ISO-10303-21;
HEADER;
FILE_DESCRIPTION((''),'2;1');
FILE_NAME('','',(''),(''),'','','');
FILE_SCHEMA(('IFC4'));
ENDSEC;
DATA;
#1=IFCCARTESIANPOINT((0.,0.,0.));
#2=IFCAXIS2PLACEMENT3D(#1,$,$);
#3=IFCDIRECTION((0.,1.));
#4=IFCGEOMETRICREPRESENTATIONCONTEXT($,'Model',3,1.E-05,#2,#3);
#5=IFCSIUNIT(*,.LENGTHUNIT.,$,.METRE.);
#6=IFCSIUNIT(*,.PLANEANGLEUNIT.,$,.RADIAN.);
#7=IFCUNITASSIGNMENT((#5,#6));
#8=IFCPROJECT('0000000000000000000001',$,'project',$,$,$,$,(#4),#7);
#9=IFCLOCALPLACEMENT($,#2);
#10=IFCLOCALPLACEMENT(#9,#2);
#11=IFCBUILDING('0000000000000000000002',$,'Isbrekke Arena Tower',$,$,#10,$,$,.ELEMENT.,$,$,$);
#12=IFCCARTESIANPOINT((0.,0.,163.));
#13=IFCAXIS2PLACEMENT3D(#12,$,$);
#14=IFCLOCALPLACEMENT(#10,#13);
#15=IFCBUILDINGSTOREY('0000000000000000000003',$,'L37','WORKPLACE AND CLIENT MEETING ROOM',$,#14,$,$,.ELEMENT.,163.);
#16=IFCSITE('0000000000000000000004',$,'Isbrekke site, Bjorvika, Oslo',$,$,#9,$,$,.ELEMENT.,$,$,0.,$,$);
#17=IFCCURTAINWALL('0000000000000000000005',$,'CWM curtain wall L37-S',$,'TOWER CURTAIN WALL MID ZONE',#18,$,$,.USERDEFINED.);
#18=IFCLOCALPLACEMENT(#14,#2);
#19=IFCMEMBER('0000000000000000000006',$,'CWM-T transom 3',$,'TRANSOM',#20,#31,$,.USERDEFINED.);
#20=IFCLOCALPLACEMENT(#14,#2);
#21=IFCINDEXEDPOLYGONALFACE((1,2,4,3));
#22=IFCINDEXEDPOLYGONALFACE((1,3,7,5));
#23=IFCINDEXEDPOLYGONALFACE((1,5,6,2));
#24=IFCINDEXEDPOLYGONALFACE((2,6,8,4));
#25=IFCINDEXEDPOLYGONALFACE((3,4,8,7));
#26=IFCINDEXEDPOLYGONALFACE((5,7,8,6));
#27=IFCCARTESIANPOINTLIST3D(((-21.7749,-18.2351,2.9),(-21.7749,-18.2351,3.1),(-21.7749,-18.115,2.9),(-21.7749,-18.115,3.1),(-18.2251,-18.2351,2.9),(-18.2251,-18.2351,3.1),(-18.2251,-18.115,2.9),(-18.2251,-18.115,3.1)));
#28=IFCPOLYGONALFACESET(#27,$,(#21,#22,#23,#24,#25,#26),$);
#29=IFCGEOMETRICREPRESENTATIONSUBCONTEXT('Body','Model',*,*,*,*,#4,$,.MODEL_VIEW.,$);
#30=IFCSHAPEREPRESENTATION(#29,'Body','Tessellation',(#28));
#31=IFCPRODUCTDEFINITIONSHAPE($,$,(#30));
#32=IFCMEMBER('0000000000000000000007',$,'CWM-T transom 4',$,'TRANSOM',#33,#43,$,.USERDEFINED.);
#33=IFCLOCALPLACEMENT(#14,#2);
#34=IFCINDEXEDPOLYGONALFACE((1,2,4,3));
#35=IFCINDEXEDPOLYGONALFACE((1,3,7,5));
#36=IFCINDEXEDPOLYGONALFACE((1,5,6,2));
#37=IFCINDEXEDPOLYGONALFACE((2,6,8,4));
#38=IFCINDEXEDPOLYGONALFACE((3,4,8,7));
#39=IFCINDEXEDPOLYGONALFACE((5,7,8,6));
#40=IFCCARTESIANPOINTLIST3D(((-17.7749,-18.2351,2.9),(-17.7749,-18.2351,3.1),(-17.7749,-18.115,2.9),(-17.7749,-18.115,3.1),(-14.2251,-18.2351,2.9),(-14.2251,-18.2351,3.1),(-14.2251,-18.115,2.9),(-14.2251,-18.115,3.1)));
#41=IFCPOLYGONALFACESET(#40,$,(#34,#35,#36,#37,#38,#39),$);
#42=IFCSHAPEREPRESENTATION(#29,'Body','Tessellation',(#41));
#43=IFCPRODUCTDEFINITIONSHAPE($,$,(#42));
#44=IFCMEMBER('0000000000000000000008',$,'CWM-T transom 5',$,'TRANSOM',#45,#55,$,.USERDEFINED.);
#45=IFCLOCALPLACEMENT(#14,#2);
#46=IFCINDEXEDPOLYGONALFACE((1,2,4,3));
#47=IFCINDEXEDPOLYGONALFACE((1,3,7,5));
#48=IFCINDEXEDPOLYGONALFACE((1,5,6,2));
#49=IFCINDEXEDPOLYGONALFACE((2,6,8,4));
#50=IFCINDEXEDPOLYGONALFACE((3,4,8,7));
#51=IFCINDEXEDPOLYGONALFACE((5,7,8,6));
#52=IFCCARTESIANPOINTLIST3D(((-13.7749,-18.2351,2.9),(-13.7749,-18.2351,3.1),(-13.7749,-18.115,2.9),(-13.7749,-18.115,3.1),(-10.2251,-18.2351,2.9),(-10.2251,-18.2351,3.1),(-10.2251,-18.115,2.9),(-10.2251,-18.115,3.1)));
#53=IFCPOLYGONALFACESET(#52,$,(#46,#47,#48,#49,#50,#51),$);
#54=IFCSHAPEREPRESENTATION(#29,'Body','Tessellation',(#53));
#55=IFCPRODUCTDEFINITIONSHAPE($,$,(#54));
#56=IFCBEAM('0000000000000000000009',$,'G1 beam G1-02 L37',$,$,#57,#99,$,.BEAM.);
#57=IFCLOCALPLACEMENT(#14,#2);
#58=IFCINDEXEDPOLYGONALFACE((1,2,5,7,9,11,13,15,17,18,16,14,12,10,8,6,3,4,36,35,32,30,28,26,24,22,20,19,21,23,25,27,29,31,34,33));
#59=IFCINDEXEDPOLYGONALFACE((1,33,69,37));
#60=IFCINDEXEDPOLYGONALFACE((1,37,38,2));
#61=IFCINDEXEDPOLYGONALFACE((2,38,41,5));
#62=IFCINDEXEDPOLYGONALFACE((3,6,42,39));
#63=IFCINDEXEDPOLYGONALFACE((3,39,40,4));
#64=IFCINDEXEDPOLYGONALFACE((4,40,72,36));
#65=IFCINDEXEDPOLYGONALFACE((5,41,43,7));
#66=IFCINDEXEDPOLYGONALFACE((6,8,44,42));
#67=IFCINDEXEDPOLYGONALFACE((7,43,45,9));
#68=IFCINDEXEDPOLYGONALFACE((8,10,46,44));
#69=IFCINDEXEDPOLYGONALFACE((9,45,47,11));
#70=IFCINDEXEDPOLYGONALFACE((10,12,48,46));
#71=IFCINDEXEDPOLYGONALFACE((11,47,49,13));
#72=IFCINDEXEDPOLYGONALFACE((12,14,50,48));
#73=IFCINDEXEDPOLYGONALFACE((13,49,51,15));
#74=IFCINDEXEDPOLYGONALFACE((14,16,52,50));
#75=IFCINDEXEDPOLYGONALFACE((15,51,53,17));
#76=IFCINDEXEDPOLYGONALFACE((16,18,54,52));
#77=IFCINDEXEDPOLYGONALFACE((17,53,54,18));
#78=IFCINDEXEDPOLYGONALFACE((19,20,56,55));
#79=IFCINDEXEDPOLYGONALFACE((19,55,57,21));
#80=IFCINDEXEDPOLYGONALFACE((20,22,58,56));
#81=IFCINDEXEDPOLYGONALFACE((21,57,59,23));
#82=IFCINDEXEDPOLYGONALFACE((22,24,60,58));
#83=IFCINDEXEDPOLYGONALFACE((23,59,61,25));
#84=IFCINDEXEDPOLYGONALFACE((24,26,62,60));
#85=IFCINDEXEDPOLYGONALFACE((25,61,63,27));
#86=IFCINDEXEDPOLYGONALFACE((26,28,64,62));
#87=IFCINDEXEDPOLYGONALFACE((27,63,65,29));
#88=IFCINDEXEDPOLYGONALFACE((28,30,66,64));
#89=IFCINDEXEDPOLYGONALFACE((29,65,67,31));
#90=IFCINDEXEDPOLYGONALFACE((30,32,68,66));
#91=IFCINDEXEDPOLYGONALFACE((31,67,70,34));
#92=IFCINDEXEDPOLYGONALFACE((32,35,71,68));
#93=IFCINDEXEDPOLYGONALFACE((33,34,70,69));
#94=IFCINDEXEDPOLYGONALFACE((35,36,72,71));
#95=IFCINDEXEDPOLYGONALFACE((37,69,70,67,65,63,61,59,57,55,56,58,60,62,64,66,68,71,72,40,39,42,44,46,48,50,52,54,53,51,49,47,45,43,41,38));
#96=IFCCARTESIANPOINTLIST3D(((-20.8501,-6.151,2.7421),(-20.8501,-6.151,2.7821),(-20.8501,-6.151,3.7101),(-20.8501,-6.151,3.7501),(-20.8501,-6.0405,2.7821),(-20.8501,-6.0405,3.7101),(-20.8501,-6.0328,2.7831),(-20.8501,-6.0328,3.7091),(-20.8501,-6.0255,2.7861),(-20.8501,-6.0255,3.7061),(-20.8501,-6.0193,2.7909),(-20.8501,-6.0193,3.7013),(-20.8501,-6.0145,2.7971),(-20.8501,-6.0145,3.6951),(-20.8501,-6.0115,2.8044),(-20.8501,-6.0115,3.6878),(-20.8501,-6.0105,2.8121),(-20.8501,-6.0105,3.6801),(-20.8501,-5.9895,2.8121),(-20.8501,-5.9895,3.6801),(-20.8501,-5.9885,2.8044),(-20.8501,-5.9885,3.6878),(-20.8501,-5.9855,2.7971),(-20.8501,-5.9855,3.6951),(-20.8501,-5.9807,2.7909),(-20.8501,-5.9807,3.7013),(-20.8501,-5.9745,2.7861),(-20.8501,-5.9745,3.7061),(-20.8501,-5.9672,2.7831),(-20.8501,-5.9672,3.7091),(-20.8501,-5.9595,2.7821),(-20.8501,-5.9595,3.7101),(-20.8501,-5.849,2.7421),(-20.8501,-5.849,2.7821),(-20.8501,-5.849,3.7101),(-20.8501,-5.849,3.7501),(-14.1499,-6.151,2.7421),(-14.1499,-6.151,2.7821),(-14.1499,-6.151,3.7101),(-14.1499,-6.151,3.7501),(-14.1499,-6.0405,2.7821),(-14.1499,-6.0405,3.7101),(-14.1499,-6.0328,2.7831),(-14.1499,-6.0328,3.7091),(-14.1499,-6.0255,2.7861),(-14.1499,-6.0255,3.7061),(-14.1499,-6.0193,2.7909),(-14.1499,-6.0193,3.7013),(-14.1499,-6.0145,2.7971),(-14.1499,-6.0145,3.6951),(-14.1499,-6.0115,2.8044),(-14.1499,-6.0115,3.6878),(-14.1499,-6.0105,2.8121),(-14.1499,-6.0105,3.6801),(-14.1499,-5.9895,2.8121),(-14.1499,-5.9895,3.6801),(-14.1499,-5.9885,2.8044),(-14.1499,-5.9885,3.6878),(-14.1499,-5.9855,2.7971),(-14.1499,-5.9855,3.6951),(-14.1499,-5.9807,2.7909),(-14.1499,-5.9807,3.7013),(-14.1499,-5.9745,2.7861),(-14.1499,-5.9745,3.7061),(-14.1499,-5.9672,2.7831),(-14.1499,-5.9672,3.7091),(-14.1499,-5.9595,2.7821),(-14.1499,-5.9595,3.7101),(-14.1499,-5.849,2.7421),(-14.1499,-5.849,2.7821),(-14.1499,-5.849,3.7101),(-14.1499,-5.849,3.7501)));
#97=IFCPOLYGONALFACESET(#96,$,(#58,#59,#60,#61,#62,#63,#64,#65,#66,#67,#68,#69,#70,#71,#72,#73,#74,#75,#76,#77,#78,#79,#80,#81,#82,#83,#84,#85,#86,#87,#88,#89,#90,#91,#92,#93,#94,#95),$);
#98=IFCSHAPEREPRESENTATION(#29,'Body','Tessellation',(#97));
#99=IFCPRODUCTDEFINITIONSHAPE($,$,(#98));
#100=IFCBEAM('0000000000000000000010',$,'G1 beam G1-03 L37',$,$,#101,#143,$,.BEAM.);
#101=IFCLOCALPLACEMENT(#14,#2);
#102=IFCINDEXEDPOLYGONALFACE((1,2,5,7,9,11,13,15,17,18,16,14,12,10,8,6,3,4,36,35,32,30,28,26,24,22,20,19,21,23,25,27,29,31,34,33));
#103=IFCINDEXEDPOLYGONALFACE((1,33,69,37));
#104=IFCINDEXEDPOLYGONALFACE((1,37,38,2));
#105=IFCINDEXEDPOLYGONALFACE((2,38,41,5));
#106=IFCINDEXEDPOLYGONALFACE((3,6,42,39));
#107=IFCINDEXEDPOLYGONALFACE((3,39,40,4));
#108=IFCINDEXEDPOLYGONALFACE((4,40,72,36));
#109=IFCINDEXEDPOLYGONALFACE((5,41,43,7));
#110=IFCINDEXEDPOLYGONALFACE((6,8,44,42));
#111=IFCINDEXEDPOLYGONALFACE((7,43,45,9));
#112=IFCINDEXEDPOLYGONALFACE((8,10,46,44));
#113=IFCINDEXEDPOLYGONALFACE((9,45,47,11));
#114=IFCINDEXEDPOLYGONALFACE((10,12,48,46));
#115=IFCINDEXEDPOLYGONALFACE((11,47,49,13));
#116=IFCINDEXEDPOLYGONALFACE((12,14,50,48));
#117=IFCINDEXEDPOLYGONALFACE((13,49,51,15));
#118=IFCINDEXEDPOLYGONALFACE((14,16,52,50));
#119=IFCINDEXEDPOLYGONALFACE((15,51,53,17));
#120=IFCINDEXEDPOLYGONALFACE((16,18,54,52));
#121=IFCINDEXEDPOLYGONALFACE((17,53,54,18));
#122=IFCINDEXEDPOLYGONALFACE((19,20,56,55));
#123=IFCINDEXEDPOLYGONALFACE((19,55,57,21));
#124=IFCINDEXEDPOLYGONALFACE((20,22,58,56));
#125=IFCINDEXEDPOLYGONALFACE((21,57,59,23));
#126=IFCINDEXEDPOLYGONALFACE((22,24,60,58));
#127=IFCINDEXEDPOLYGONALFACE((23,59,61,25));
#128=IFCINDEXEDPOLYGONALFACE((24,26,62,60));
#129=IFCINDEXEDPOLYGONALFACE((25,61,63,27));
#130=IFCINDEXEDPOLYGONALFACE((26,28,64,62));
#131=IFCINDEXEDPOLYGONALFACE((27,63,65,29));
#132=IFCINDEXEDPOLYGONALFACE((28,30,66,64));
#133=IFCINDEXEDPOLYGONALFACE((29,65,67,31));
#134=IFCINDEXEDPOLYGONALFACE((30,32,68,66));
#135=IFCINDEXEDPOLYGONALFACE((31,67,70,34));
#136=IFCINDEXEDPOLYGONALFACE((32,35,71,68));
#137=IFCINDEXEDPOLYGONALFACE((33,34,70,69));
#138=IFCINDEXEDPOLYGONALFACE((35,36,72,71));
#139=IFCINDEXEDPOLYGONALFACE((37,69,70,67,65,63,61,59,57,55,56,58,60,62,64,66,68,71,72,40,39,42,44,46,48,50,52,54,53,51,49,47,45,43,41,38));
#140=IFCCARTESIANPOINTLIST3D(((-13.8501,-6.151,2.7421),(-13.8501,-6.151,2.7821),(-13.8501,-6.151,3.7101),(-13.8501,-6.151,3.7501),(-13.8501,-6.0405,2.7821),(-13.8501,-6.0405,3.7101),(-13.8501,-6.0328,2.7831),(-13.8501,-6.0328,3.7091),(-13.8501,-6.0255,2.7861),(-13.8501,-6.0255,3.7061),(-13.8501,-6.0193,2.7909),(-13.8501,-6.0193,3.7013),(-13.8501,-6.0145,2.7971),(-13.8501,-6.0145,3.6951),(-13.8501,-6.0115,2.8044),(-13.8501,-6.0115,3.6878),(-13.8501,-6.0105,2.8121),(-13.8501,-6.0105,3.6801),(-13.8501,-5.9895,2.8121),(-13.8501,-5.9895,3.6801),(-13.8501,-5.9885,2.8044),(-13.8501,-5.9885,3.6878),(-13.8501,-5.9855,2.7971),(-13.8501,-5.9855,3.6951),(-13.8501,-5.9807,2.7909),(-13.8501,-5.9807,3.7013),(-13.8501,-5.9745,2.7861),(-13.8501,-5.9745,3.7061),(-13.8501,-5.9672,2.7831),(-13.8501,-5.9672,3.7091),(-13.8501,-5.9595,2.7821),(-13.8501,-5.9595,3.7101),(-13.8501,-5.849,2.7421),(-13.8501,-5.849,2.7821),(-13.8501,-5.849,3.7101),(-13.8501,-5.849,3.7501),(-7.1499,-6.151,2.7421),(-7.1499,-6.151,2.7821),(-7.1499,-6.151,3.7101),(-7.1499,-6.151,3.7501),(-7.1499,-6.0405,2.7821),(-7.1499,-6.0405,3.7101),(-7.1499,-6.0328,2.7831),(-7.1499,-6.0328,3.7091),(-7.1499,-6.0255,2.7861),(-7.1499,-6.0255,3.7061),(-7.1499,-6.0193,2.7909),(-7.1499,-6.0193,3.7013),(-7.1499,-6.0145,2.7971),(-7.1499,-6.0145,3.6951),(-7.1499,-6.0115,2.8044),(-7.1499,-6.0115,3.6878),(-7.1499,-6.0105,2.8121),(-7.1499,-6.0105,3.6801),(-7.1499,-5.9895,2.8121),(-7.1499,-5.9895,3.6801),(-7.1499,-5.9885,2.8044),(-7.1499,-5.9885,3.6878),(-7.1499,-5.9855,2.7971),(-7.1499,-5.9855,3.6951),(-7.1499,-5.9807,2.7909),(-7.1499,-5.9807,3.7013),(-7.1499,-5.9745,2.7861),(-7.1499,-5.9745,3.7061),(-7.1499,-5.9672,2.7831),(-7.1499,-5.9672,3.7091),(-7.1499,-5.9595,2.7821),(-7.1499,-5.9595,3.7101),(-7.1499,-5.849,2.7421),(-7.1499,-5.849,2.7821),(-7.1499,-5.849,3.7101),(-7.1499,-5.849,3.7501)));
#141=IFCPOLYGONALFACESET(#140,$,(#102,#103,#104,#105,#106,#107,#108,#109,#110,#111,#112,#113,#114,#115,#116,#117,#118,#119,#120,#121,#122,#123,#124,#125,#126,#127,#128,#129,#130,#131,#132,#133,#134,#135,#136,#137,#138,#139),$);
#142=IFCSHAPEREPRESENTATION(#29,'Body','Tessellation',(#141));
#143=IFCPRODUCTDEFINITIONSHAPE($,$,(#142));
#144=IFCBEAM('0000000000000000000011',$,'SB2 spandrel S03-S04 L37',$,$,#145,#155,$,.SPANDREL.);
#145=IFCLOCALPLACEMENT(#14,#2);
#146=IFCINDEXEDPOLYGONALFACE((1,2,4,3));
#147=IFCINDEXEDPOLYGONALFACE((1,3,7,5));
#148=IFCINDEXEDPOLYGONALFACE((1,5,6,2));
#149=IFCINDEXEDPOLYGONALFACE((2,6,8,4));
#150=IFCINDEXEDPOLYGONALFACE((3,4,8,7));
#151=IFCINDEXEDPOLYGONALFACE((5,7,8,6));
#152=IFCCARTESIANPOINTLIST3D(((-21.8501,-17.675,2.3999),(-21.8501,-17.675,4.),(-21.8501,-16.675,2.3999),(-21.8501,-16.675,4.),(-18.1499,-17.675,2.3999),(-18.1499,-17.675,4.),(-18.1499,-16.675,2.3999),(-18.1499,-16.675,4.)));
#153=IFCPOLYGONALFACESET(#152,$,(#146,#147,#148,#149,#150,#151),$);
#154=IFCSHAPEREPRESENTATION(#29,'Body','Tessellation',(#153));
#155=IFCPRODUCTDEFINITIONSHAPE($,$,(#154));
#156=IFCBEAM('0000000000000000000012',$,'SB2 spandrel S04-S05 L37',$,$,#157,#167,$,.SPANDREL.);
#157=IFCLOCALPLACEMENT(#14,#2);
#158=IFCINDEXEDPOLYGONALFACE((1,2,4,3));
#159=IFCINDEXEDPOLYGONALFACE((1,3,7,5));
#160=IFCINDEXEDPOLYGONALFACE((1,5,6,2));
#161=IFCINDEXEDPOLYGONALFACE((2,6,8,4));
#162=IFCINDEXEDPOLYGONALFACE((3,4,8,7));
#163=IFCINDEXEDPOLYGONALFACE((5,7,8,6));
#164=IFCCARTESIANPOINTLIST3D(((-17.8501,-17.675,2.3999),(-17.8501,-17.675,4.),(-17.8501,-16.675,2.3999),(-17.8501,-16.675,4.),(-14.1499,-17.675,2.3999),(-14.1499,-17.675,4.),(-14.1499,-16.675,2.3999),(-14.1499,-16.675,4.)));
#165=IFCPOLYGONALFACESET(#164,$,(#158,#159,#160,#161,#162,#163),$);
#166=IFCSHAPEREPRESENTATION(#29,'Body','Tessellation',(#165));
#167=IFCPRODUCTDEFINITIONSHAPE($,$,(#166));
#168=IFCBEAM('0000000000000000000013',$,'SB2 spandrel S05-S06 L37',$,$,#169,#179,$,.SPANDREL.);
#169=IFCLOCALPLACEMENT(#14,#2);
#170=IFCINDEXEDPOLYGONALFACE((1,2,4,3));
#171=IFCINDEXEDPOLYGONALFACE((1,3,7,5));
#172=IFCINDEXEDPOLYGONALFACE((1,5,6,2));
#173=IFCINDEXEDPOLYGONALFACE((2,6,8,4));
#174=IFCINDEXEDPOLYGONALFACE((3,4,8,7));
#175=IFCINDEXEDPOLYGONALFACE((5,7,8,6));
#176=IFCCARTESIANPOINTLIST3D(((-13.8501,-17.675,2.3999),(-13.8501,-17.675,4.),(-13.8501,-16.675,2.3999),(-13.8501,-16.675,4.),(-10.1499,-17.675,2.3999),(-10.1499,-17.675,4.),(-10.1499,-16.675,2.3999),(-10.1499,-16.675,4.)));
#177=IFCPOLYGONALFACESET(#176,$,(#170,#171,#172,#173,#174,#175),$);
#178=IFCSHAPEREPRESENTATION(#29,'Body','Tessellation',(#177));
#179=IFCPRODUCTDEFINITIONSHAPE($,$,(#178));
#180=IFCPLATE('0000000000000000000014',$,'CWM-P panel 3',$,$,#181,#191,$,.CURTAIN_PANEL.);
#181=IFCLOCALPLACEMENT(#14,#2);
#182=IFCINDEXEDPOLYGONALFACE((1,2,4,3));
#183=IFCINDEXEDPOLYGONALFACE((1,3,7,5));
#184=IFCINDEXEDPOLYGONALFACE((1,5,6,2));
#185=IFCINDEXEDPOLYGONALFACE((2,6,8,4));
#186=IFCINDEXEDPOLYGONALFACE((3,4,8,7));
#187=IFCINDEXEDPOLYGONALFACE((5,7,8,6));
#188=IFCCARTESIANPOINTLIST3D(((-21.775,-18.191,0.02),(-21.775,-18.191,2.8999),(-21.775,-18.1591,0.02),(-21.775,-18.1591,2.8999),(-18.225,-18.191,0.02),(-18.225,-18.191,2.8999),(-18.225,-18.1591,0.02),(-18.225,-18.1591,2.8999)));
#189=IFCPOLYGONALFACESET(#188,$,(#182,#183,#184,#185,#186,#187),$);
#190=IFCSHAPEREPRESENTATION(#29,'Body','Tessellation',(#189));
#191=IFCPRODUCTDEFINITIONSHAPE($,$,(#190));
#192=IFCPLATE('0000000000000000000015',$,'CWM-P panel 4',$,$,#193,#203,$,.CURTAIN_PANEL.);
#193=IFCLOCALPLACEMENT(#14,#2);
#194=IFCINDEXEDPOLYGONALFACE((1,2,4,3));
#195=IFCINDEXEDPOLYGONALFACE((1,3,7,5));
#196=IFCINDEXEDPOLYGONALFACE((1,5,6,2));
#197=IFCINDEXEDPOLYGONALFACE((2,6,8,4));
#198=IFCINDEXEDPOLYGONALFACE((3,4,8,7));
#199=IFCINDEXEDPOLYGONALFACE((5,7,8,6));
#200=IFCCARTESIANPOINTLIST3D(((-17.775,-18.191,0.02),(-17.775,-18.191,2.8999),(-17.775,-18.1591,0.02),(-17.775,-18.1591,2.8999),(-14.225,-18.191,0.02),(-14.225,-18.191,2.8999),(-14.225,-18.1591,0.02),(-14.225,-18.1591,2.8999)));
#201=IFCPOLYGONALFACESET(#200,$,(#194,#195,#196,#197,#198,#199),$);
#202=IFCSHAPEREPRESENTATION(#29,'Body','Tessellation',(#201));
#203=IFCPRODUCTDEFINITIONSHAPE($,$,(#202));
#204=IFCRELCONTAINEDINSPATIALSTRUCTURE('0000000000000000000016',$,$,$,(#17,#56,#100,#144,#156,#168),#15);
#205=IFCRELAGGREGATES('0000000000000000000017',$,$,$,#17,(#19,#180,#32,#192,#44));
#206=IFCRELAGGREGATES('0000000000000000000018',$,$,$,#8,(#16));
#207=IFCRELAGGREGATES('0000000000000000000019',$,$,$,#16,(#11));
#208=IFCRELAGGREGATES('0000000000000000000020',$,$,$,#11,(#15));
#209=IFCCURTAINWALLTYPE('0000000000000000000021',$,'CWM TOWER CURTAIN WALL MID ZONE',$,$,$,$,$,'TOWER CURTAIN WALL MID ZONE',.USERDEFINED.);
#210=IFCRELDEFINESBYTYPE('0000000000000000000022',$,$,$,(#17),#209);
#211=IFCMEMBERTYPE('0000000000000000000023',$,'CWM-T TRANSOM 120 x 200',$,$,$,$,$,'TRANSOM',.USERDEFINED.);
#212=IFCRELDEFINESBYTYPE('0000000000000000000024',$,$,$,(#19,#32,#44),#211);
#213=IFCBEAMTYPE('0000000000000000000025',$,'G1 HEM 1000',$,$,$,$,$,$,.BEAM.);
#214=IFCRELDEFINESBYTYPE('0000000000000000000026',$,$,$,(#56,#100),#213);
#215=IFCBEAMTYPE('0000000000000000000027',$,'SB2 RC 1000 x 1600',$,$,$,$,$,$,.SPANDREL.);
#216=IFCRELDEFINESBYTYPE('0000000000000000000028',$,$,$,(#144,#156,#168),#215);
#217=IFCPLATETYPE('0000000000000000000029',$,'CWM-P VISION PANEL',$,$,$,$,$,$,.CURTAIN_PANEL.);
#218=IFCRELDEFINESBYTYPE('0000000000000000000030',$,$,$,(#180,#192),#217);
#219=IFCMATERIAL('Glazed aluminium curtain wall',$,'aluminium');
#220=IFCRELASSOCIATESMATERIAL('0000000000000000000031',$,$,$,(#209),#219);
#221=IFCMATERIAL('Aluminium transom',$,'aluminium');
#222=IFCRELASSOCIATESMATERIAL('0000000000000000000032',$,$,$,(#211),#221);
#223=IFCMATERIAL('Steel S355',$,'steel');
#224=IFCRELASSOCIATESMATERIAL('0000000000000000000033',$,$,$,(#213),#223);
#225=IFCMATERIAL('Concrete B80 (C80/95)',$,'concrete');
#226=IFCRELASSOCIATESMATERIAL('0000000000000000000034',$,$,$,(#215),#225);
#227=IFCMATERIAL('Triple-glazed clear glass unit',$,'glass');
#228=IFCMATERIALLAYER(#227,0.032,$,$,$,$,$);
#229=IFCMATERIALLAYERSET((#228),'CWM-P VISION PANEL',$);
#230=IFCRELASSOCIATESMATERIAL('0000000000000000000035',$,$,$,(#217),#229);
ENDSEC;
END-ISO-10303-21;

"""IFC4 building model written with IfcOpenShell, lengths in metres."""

from ifc_helpers import new_model, si_unit, direction, frame, origin, origin_2d, place, context, subcontext, project, spatial, rectangle, i_section, extrude, material, layer, layer_set, material_profile, profile_set, type_object, element, aggregate, save


model = new_model("IFC4")

# Units and contexts
model_context = context("Model", 3, precision=1e-05, world=origin(), true_north=direction((0.0, 1.0)))
body_context = subcontext(model_context, "Body", "Model", "MODEL_VIEW")
ifc_project = project(units=[si_unit("LENGTHUNIT", "METRE"), si_unit("PLANEANGLEUNIT", "RADIAN")], contexts=[model_context])

# Site, building, storey
site_placement = place(None, origin())
site = spatial("IfcSite", under=ifc_project, at=site_placement, Name="Isbrekke site, Bjorvika, Oslo", CompositionType="ELEMENT", RefElevation=0.0)
building_placement = place(site_placement, origin())
building = spatial("IfcBuilding", under=site, at=building_placement, Name="Isbrekke Arena Tower", CompositionType="ELEMENT")
storey_placement = place(building_placement, frame((0.0, 0.0, 163.0)))
storey = spatial("IfcBuildingStorey", under=building, at=storey_placement, Name="L37", Description="WORKPLACE AND CLIENT MEETING ROOM", CompositionType="ELEMENT", Elevation=163.0)

# Curtain wall, members
ifc_material_1 = material(Name="Glazed aluminium curtain wall", Category="aluminium")
curtain_wall_type = type_object("IfcCurtainWallType", Name="CWM TOWER CURTAIN WALL MID ZONE", ElementType="TOWER CURTAIN WALL MID ZONE", PredefinedType="USERDEFINED", material=ifc_material_1)
curtain_wall_placement = place(storey_placement, origin())
curtain_wall = element("IfcCurtainWall", 1, at=curtain_wall_placement, inside=storey, type_object=curtain_wall_type, Name="CWM curtain wall L37-S", ObjectType="TOWER CURTAIN WALL MID ZONE", PredefinedType="USERDEFINED")
ifc_material_2 = material(Name="Aluminium transom", Category="aluminium")
ifc_material_profile_1 = material_profile(ifc_material_2, rectangle(XDim=0.1201, YDim=0.2, at=origin_2d()), Name="TRANSOM 120X200")
ifc_profile_set_1 = profile_set([ifc_material_profile_1], Name="Aluminium transom")
member_type_1 = type_object("IfcMemberType", Name="CWM-T TRANSOM 120 x 200", ElementType="TRANSOM", PredefinedType="USERDEFINED", material=ifc_profile_set_1)
member_1_placement = place(storey_placement, frame((-21.7749, -18.175, 3.0), z_axis=(1.0, 0.0, 0.0), x_axis=(0.0, 1.0, 0.0)))
member_1 = element("IfcMember", 2, at=member_1_placement, type_object=member_type_1, Name="CWM-T transom 3", ObjectType="TRANSOM", PredefinedType="USERDEFINED", context=body_context, shape_type="SweptSolid", body=[
    extrude(rectangle(XDim=0.1201, YDim=0.2, at=origin_2d()), origin(), (0.0, 0.0, 1.0), 3.5498),
])
member_2_placement = place(storey_placement, frame((-17.7749, -18.175, 3.0), z_axis=(1.0, 0.0, 0.0), x_axis=(0.0, 1.0, 0.0)))
member_2 = element("IfcMember", 3, at=member_2_placement, type_object=member_type_1, Name="CWM-T transom 4", ObjectType="TRANSOM", PredefinedType="USERDEFINED", context=body_context, shape_type="SweptSolid", body=[
    extrude(rectangle(XDim=0.1201, YDim=0.2, at=origin_2d()), origin(), (0.0, 0.0, 1.0), 3.5498),
])
member_3_placement = place(storey_placement, frame((-13.7749, -18.175, 3.0), z_axis=(1.0, 0.0, 0.0), x_axis=(0.0, 1.0, 0.0)))
member_3 = element("IfcMember", 4, at=member_3_placement, type_object=member_type_1, Name="CWM-T transom 5", ObjectType="TRANSOM", PredefinedType="USERDEFINED", context=body_context, shape_type="SweptSolid", body=[
    extrude(rectangle(XDim=0.1201, YDim=0.2, at=origin_2d()), origin(), (0.0, 0.0, 1.0), 3.5498),
])

# Beams
ifc_material_3 = material(Name="Steel S355", Category="steel")
ifc_material_profile_2 = material_profile(ifc_material_3, i_section(OverallWidth=0.302, OverallDepth=1.0081, WebThickness=0.021, FlangeThickness=0.04, FilletRadius=0.03, at=origin_2d()), Name="HEM 1000")
ifc_profile_set_2 = profile_set([ifc_material_profile_2], Name="Steel S355")
beam_type_1 = type_object("IfcBeamType", Name="G1 HEM 1000", PredefinedType="BEAM", material=ifc_profile_set_2)
for number, where, z_axis, x_axis, name in (
    (5, (-20.8501, -6.0, 3.2461), (1.0, 0.0, 0.0), (0.0, 1.0, 0.0), "G1 beam G1-02 L37"),
    (6, (-13.8501, -6.0, 3.2461), (1.0, 0.0, 0.0), (0.0, 1.0, 0.0), "G1 beam G1-03 L37"),
):
    element("IfcBeam", number, at=place(storey_placement, frame(where, z_axis=z_axis, x_axis=x_axis)), inside=storey, type_object=beam_type_1, Name=name, PredefinedType="BEAM", context=body_context, shape_type="SweptSolid", body=[
        extrude(i_section(OverallWidth=0.302, OverallDepth=1.0081, WebThickness=0.021, FlangeThickness=0.04, FilletRadius=0.03, at=origin_2d()), origin(), (0.0, 0.0, 1.0), 6.7002),
    ])
ifc_material_4 = material(Name="Concrete B80 (C80/95)", Category="concrete")
ifc_material_profile_3 = material_profile(ifc_material_4, rectangle(XDim=1.0, YDim=1.6001, at=origin_2d()), Name="RC 1000x1600")
ifc_profile_set_3 = profile_set([ifc_material_profile_3], Name="Concrete B80 (C80/95)")
beam_type_2 = type_object("IfcBeamType", Name="SB2 RC 1000 x 1600", PredefinedType="SPANDREL", material=ifc_profile_set_3)
for number, where, z_axis, x_axis, name in (
    (7, (-21.8501, -17.175, 3.2), (1.0, 0.0, 0.0), (0.0, 1.0, 0.0), "SB2 spandrel S03-S04 L37"),
    (8, (-17.8501, -17.175, 3.2), (1.0, 0.0, 0.0), (0.0, 1.0, 0.0), "SB2 spandrel S04-S05 L37"),
    (9, (-13.8501, -17.175, 3.2), (1.0, 0.0, 0.0), (0.0, 1.0, 0.0), "SB2 spandrel S05-S06 L37"),
):
    element("IfcBeam", number, at=place(storey_placement, frame(where, z_axis=z_axis, x_axis=x_axis)), inside=storey, type_object=beam_type_2, Name=name, PredefinedType="SPANDREL", context=body_context, shape_type="SweptSolid", body=[
        extrude(rectangle(XDim=1.0, YDim=1.6001, at=origin_2d()), origin(), (0.0, 0.0, 1.0), 3.7002),
    ])

# Plates
ifc_material_5 = material(Name="Triple-glazed clear glass unit", Category="glass")
ifc_layer_1 = layer(ifc_material_5, 0.032)
ifc_layer_set_1 = layer_set([ifc_layer_1], Name="CWM-P VISION PANEL")
plate_type = type_object("IfcPlateType", Name="CWM-P VISION PANEL", PredefinedType="CURTAIN_PANEL", material=ifc_layer_set_1)
plate_1_placement = place(storey_placement, frame((-20.0, -18.175, 0.02), z_axis=(0.0, 0.0, 1.0), x_axis=(1.0, 0.0, 0.0)))
plate_1 = element("IfcPlate", 10, at=plate_1_placement, type_object=plate_type, Name="CWM-P panel 3", PredefinedType="CURTAIN_PANEL", context=body_context, shape_type="SweptSolid", body=[
    extrude(rectangle(XDim=3.55, YDim=0.032, at=origin_2d()), origin(), (0.0, 0.0, 1.0), 2.8799),
])
plate_2_placement = place(storey_placement, frame((-16.0, -18.175, 0.02), z_axis=(0.0, 0.0, 1.0), x_axis=(1.0, 0.0, 0.0)))
plate_2 = element("IfcPlate", 11, at=plate_2_placement, type_object=plate_type, Name="CWM-P panel 4", PredefinedType="CURTAIN_PANEL", context=body_context, shape_type="SweptSolid", body=[
    extrude(rectangle(XDim=3.55, YDim=0.032, at=origin_2d()), origin(), (0.0, 0.0, 1.0), 2.8799),
])
aggregate(curtain_wall, [member_1, plate_1, member_2, plate_2, member_3])

save(model, "model.ifc")
